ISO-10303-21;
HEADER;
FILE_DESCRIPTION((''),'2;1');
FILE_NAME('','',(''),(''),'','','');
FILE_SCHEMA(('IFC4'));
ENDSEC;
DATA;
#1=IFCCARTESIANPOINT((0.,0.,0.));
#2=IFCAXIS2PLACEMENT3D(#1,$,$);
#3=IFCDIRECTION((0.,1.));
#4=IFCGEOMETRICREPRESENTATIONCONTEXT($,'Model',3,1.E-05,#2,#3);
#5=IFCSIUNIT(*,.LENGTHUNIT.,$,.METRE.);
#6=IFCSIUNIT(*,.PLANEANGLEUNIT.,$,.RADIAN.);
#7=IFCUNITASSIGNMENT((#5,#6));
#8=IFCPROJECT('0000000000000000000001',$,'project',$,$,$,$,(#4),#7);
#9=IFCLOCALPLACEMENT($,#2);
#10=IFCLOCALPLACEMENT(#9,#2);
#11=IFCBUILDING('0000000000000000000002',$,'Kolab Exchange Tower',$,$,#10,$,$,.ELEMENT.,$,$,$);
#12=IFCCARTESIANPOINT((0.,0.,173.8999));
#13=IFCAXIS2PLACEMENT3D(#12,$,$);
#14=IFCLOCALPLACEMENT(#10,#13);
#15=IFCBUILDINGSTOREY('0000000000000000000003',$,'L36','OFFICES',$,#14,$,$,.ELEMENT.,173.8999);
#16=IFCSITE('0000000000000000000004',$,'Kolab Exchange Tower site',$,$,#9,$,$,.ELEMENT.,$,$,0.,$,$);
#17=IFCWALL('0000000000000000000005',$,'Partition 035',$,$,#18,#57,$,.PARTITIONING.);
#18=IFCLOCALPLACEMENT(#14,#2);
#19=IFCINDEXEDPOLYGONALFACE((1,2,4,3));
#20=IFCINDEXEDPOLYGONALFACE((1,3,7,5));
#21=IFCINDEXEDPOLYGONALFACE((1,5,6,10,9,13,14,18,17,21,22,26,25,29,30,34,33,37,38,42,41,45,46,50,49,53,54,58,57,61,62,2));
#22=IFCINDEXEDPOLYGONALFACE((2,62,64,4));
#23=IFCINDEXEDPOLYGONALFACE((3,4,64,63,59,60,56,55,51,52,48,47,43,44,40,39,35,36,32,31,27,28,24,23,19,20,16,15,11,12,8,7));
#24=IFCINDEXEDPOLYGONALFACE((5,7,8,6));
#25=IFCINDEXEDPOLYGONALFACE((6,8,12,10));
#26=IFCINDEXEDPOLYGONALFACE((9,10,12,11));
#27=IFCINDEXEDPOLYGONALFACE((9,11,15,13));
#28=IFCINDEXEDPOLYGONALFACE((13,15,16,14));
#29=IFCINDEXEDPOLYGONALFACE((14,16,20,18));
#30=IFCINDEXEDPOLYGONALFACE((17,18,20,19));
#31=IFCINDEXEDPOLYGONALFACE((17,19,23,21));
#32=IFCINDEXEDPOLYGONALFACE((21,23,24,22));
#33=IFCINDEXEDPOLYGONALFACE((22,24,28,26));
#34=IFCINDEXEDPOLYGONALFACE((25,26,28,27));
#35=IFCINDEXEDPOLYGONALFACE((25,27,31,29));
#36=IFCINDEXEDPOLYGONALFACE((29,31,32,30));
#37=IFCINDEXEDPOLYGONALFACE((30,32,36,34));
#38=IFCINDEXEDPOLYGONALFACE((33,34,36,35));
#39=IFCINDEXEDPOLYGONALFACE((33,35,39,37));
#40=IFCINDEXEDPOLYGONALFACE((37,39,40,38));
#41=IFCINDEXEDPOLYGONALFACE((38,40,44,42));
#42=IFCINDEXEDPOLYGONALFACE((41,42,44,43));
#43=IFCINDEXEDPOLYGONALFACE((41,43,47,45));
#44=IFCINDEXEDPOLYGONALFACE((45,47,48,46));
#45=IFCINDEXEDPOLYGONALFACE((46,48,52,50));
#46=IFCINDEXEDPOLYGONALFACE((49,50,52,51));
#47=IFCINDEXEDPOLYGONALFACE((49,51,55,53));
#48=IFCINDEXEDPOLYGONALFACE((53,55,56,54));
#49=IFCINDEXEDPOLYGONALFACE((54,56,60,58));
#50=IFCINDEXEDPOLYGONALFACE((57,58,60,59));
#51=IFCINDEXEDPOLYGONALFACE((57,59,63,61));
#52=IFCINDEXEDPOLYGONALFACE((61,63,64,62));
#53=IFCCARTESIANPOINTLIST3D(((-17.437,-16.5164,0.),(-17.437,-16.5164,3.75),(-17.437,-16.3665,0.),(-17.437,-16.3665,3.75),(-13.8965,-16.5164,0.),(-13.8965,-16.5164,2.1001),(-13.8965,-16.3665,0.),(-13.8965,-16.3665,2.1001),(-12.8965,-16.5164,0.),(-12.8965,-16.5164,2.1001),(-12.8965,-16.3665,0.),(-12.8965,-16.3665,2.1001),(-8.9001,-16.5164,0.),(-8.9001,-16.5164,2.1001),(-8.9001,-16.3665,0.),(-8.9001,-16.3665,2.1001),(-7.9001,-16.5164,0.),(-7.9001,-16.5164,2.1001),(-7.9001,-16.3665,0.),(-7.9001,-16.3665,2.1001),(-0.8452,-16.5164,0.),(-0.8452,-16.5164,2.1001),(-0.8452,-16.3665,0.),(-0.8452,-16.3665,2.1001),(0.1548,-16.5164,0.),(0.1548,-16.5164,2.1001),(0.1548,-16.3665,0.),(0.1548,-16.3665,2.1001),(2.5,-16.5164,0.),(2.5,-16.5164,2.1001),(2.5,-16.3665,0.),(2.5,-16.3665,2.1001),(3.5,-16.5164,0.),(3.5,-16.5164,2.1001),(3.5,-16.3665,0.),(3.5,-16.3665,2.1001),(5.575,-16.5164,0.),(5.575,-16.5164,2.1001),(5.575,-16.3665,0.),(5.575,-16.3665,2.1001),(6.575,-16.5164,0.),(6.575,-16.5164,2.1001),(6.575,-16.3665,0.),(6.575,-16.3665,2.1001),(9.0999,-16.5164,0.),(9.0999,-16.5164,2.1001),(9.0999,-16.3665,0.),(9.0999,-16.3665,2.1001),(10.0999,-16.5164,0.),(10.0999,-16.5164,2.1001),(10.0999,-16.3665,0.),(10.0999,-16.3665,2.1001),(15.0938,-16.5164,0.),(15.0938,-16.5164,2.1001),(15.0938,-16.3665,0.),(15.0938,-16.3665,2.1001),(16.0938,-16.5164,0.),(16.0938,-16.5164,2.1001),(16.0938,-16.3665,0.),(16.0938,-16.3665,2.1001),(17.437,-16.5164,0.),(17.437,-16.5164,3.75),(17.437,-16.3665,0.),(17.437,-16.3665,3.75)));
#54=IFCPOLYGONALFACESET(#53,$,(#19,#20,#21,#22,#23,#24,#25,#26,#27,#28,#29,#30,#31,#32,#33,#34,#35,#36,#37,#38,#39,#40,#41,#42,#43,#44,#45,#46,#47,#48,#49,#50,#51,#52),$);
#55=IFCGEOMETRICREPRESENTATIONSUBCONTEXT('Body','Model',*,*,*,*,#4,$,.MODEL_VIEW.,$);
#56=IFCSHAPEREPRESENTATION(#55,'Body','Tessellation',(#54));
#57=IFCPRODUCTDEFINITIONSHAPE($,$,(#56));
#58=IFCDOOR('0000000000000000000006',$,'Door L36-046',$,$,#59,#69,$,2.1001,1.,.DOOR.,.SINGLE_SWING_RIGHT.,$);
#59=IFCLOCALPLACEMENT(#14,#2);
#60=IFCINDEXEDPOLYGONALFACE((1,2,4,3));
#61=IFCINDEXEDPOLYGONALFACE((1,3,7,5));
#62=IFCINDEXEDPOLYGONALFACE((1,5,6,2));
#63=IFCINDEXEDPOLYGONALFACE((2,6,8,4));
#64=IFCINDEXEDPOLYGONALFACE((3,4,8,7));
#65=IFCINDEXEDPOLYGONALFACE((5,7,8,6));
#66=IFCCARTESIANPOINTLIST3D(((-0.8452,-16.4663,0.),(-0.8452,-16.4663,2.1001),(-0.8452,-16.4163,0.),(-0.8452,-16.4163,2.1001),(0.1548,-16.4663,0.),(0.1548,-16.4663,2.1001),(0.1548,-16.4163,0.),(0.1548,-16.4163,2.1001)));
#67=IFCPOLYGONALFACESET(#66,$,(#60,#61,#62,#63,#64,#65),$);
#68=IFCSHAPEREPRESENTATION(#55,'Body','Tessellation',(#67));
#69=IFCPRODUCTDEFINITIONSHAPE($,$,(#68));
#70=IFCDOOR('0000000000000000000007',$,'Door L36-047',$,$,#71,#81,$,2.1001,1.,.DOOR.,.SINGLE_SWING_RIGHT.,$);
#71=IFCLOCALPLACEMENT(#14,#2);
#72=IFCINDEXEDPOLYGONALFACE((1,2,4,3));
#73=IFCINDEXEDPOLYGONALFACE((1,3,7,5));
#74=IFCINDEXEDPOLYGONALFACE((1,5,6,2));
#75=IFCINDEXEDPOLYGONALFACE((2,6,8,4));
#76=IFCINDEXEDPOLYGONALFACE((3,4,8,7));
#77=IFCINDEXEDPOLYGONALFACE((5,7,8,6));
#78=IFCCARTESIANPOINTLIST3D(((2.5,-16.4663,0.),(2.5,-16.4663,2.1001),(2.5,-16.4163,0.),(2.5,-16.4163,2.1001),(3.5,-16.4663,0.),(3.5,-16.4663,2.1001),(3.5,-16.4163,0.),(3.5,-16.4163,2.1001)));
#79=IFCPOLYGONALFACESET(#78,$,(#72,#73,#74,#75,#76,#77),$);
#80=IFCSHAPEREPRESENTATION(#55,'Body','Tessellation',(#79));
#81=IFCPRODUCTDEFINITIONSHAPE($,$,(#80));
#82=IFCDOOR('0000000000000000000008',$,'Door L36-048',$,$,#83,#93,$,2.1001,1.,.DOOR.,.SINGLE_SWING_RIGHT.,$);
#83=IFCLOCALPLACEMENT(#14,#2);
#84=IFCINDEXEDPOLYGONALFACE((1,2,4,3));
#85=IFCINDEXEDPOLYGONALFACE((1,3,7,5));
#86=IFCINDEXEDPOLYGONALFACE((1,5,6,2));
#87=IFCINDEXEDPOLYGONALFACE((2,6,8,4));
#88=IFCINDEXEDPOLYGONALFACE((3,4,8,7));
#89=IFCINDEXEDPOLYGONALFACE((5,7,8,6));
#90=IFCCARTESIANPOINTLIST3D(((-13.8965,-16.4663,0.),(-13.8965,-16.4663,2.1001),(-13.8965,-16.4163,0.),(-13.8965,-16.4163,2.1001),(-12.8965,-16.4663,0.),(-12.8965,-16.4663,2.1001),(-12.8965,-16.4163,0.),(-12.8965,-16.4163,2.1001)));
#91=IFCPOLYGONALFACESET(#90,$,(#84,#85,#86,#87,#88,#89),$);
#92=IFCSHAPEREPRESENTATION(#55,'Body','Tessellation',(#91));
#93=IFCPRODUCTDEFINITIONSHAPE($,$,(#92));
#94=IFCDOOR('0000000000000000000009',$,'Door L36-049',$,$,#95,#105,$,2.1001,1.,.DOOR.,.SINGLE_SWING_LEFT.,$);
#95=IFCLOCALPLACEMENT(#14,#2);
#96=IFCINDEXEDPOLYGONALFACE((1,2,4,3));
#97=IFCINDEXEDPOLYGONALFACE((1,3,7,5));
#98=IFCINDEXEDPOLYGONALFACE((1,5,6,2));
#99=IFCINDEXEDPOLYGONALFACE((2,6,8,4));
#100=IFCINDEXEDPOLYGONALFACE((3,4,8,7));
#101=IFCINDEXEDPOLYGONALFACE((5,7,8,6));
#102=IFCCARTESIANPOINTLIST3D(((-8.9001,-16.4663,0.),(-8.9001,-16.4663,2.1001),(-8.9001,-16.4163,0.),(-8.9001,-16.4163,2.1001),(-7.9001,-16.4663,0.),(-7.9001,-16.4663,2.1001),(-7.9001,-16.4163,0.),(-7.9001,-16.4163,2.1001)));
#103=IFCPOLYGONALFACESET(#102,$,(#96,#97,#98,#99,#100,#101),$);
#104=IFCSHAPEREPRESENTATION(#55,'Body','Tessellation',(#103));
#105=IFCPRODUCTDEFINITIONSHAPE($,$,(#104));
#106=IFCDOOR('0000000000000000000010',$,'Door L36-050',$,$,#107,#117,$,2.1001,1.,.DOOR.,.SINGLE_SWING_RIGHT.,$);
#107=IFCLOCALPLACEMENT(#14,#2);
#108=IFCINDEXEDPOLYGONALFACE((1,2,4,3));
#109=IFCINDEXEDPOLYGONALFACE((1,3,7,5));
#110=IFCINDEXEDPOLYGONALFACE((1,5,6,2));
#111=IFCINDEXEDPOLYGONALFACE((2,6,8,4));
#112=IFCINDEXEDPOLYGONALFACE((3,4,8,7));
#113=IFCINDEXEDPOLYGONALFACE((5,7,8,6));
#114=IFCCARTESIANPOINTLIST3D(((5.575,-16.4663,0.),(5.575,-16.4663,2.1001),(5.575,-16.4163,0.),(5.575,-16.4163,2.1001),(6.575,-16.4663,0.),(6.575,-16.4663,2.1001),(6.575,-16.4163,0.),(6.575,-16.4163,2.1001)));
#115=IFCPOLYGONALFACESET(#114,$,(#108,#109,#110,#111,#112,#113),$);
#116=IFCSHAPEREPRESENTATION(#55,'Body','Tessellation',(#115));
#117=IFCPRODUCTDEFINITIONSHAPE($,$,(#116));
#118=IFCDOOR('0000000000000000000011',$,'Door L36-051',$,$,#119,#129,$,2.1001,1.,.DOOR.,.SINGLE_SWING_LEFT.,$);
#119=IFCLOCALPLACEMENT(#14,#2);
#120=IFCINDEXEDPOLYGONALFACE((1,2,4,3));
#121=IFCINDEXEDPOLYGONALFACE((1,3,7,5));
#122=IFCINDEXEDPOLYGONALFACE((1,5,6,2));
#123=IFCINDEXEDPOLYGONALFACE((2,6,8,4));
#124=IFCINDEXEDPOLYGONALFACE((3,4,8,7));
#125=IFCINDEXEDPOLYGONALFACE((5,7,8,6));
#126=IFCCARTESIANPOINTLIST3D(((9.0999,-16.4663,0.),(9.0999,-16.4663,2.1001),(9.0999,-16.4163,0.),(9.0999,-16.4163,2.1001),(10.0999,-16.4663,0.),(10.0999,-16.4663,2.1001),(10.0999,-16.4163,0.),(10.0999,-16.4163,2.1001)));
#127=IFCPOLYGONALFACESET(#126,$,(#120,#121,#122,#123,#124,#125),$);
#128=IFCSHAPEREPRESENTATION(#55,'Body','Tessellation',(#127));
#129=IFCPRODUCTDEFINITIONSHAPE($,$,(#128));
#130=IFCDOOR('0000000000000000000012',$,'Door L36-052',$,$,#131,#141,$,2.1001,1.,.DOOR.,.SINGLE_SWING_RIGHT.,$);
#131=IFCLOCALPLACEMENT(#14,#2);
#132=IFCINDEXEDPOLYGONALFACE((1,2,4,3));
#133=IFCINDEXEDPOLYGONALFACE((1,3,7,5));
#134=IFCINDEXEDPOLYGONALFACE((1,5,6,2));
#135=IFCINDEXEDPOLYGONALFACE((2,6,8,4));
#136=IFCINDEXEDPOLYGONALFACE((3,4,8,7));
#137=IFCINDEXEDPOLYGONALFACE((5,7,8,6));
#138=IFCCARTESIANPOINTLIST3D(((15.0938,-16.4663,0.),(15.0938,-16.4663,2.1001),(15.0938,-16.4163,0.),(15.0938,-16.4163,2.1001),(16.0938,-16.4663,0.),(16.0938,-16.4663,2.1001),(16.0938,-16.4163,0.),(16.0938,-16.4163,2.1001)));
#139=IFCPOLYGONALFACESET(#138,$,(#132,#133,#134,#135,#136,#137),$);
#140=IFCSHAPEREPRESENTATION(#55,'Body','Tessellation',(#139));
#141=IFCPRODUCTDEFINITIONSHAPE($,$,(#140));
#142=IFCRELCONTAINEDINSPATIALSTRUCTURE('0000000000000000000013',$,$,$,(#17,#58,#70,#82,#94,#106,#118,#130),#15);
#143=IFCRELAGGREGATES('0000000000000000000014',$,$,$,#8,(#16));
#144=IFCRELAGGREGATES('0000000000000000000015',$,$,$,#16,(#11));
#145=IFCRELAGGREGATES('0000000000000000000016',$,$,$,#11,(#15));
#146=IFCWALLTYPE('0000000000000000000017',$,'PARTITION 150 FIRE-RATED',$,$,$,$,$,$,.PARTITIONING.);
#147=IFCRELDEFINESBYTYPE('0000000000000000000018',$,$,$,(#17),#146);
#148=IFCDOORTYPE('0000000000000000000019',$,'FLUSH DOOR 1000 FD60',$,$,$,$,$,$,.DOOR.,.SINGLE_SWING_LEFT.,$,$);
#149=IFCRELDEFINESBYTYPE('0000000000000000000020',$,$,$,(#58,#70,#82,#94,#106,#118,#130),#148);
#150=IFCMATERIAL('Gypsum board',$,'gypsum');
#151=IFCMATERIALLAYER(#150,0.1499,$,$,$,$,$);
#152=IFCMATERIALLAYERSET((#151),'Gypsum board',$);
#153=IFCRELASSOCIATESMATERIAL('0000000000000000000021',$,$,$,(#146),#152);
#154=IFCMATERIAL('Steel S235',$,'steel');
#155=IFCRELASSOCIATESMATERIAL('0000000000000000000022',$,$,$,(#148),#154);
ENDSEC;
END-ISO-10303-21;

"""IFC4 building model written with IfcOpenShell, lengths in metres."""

from ifc_helpers import new_model, si_unit, direction, frame, frame_2d, origin, place, context, subcontext, project, spatial, rectangle, extrude, material, layer, layer_set, type_object, element, fill, save


model = new_model("IFC4")

# Units and contexts
model_context = context("Model", 3, precision=1e-05, world=origin(), true_north=direction((0.0, 1.0)))
body_context = subcontext(model_context, "Body", "Model", "MODEL_VIEW")
ifc_project = project(units=[si_unit("LENGTHUNIT", "METRE"), si_unit("PLANEANGLEUNIT", "RADIAN")], contexts=[model_context])

# Site, building, storey
site_placement = place(None, origin())
site = spatial("IfcSite", under=ifc_project, at=site_placement, Name="Kolab Exchange Tower site", CompositionType="ELEMENT", RefElevation=0.0)
building_placement = place(site_placement, origin())
building = spatial("IfcBuilding", under=site, at=building_placement, Name="Kolab Exchange Tower", CompositionType="ELEMENT")
storey_placement = place(building_placement, frame((0.0, 0.0, 173.8999)))
storey = spatial("IfcBuildingStorey", under=building, at=storey_placement, Name="L36", Description="OFFICES", CompositionType="ELEMENT", Elevation=173.8999)

# Shared definitions
ifc_material_1 = material(Name="Gypsum board", Category="gypsum")

# Wall, openings, doors
ifc_layer_1 = layer(ifc_material_1, 0.1499)
ifc_layer_set_1 = layer_set([ifc_layer_1], Name="Gypsum board")
wall_type_1 = type_object("IfcWallType", Name="PARTITION 150 FIRE-RATED", PredefinedType="PARTITIONING", material=ifc_layer_set_1)
wall_1_placement = place(storey_placement, frame((-17.437, -16.4414, 0.0), z_axis=(0.0, 0.0, 1.0), x_axis=(1.0, 0.0, 0.0)))
wall_1 = element("IfcWall", 1, at=wall_1_placement, inside=storey, type_object=wall_type_1, Name="Partition 035", PredefinedType="PARTITIONING", context=body_context, shape_type="SweptSolid", body=[
    extrude(rectangle(XDim=34.874, YDim=0.1499, at=frame_2d((17.437, 0.0))), origin(), (0.0, 0.0, 1.0), 3.75),
])
opening_1_placement = place(wall_1_placement, frame((16.5918, 0.0, 0.0)))
opening_1 = element("IfcOpeningElement", 2, at=opening_1_placement, cuts=wall_1, PredefinedType="OPENING", context=body_context, shape_type="SweptSolid", body=[
    extrude(rectangle(XDim=1.0, YDim=2.1001, at=frame_2d((0.5, 1.05))), frame((0.0, 0.085, 0.0), z_axis=(0.0, -1.0, 0.0), x_axis=(1.0, 0.0, 0.0)), (0.0, 0.0, 1.0), 0.1699),
])
opening_2_placement = place(wall_1_placement, frame((19.937, 0.0, 0.0)))
opening_2 = element("IfcOpeningElement", 3, at=opening_2_placement, cuts=wall_1, PredefinedType="OPENING", context=body_context, shape_type="SweptSolid", body=[
    extrude(rectangle(XDim=1.0, YDim=2.1001, at=frame_2d((0.5, 1.05))), frame((0.0, 0.085, 0.0), z_axis=(0.0, -1.0, 0.0), x_axis=(1.0, 0.0, 0.0)), (0.0, 0.0, 1.0), 0.1699),
])
opening_3_placement = place(wall_1_placement, frame((3.5405, 0.0, 0.0)))
opening_3 = element("IfcOpeningElement", 4, at=opening_3_placement, cuts=wall_1, PredefinedType="OPENING", context=body_context, shape_type="SweptSolid", body=[
    extrude(rectangle(XDim=1.0, YDim=2.1001, at=frame_2d((0.5, 1.05))), frame((0.0, 0.085, 0.0), z_axis=(0.0, -1.0, 0.0), x_axis=(1.0, 0.0, 0.0)), (0.0, 0.0, 1.0), 0.1699),
])
opening_4_placement = place(wall_1_placement, frame((8.5369, 0.0, 0.0)))
opening_4 = element("IfcOpeningElement", 5, at=opening_4_placement, cuts=wall_1, PredefinedType="OPENING", context=body_context, shape_type="SweptSolid", body=[
    extrude(rectangle(XDim=1.0, YDim=2.1001, at=frame_2d((0.5, 1.05))), frame((0.0, 0.085, 0.0), z_axis=(0.0, -1.0, 0.0), x_axis=(1.0, 0.0, 0.0)), (0.0, 0.0, 1.0), 0.1699),
])
opening_5_placement = place(wall_1_placement, frame((23.012, 0.0, 0.0)))
opening_5 = element("IfcOpeningElement", 6, at=opening_5_placement, cuts=wall_1, PredefinedType="OPENING", context=body_context, shape_type="SweptSolid", body=[
    extrude(rectangle(XDim=1.0, YDim=2.1001, at=frame_2d((0.5, 1.05))), frame((0.0, 0.085, 0.0), z_axis=(0.0, -1.0, 0.0), x_axis=(1.0, 0.0, 0.0)), (0.0, 0.0, 1.0), 0.1699),
])
opening_6_placement = place(wall_1_placement, frame((26.5369, 0.0, 0.0)))
opening_6 = element("IfcOpeningElement", 7, at=opening_6_placement, cuts=wall_1, PredefinedType="OPENING", context=body_context, shape_type="SweptSolid", body=[
    extrude(rectangle(XDim=1.0, YDim=2.1001, at=frame_2d((0.5, 1.05))), frame((0.0, 0.085, 0.0), z_axis=(0.0, -1.0, 0.0), x_axis=(1.0, 0.0, 0.0)), (0.0, 0.0, 1.0), 0.1699),
])
opening_7_placement = place(wall_1_placement, frame((32.5308, 0.0, 0.0)))
opening_7 = element("IfcOpeningElement", 8, at=opening_7_placement, cuts=wall_1, PredefinedType="OPENING", context=body_context, shape_type="SweptSolid", body=[
    extrude(rectangle(XDim=1.0, YDim=2.1001, at=frame_2d((0.5, 1.05))), frame((0.0, 0.085, 0.0), z_axis=(0.0, -1.0, 0.0), x_axis=(1.0, 0.0, 0.0)), (0.0, 0.0, 1.0), 0.1699),
])
ifc_material_2 = material(Name="Steel S235", Category="steel")
door_type_1 = type_object("IfcDoorType", Name="FLUSH DOOR 1000 FD60", OperationType="SINGLE_SWING_LEFT", PredefinedType="DOOR", material=ifc_material_2)
door_1_placement = place(opening_1_placement, frame((1.0, 0.0, 0.0), z_axis=(0.0, 0.0, 1.0), x_axis=(-1.0, 0.0, 0.0)))
door_1 = element("IfcDoor", 9, at=door_1_placement, inside=storey, type_object=door_type_1, Name="Door L36-046", OperationType="SINGLE_SWING_RIGHT", OverallHeight=2.1001, OverallWidth=1.0, PredefinedType="DOOR", context=body_context, shape_type="SweptSolid", body=[
    extrude(rectangle(XDim=1.0, YDim=2.1001, at=frame_2d((0.5, 1.05))), frame((0.0, 0.0249, 0.0), z_axis=(0.0, -1.0, 0.0), x_axis=(1.0, 0.0, 0.0)), (0.0, 0.0, 1.0), 0.05),
])
fill(opening_1, door_1)
door_2_placement = place(opening_2_placement, frame((1.0, 0.0, 0.0), z_axis=(0.0, 0.0, 1.0), x_axis=(-1.0, 0.0, 0.0)))
door_2 = element("IfcDoor", 10, at=door_2_placement, inside=storey, type_object=door_type_1, Name="Door L36-047", OperationType="SINGLE_SWING_RIGHT", OverallHeight=2.1001, OverallWidth=1.0, PredefinedType="DOOR", context=body_context, shape_type="SweptSolid", body=[
    extrude(rectangle(XDim=1.0, YDim=2.1001, at=frame_2d((0.5, 1.05))), frame((0.0, 0.0249, 0.0), z_axis=(0.0, -1.0, 0.0), x_axis=(1.0, 0.0, 0.0)), (0.0, 0.0, 1.0), 0.05),
])
fill(opening_2, door_2)
door_3_placement = place(opening_3_placement, frame((1.0, 0.0, 0.0), z_axis=(0.0, 0.0, 1.0), x_axis=(-1.0, 0.0, 0.0)))
door_3 = element("IfcDoor", 11, at=door_3_placement, inside=storey, type_object=door_type_1, Name="Door L36-048", OperationType="SINGLE_SWING_RIGHT", OverallHeight=2.1001, OverallWidth=1.0, PredefinedType="DOOR", context=body_context, shape_type="SweptSolid", body=[
    extrude(rectangle(XDim=1.0, YDim=2.1001, at=frame_2d((0.5, 1.05))), frame((0.0, 0.0249, 0.0), z_axis=(0.0, -1.0, 0.0), x_axis=(1.0, 0.0, 0.0)), (0.0, 0.0, 1.0), 0.05),
])
fill(opening_3, door_3)
door_4_placement = place(opening_4_placement, frame((1.0, 0.0, 0.0), z_axis=(0.0, 0.0, 1.0), x_axis=(-1.0, 0.0, 0.0)))
door_4 = element("IfcDoor", 12, at=door_4_placement, inside=storey, type_object=door_type_1, Name="Door L36-049", OperationType="SINGLE_SWING_LEFT", OverallHeight=2.1001, OverallWidth=1.0, PredefinedType="DOOR", context=body_context, shape_type="SweptSolid", body=[
    extrude(rectangle(XDim=1.0, YDim=2.1001, at=frame_2d((0.5, 1.05))), frame((0.0, 0.0249, 0.0), z_axis=(0.0, -1.0, 0.0), x_axis=(1.0, 0.0, 0.0)), (0.0, 0.0, 1.0), 0.05),
])
fill(opening_4, door_4)
door_5_placement = place(opening_5_placement, frame((1.0, 0.0, 0.0), z_axis=(0.0, 0.0, 1.0), x_axis=(-1.0, 0.0, 0.0)))
door_5 = element("IfcDoor", 13, at=door_5_placement, inside=storey, type_object=door_type_1, Name="Door L36-050", OperationType="SINGLE_SWING_RIGHT", OverallHeight=2.1001, OverallWidth=1.0, PredefinedType="DOOR", context=body_context, shape_type="SweptSolid", body=[
    extrude(rectangle(XDim=1.0, YDim=2.1001, at=frame_2d((0.5, 1.05))), frame((0.0, 0.0249, 0.0), z_axis=(0.0, -1.0, 0.0), x_axis=(1.0, 0.0, 0.0)), (0.0, 0.0, 1.0), 0.05),
])
fill(opening_5, door_5)
door_6_placement = place(opening_6_placement, frame((1.0, 0.0, 0.0), z_axis=(0.0, 0.0, 1.0), x_axis=(-1.0, 0.0, 0.0)))
door_6 = element("IfcDoor", 14, at=door_6_placement, inside=storey, type_object=door_type_1, Name="Door L36-051", OperationType="SINGLE_SWING_LEFT", OverallHeight=2.1001, OverallWidth=1.0, PredefinedType="DOOR", context=body_context, shape_type="SweptSolid", body=[
    extrude(rectangle(XDim=1.0, YDim=2.1001, at=frame_2d((0.5, 1.05))), frame((0.0, 0.0249, 0.0), z_axis=(0.0, -1.0, 0.0), x_axis=(1.0, 0.0, 0.0)), (0.0, 0.0, 1.0), 0.05),
])
fill(opening_6, door_6)
door_7_placement = place(opening_7_placement, frame((1.0, 0.0, 0.0), z_axis=(0.0, 0.0, 1.0), x_axis=(-1.0, 0.0, 0.0)))
door_7 = element("IfcDoor", 15, at=door_7_placement, inside=storey, type_object=door_type_1, Name="Door L36-052", OperationType="SINGLE_SWING_RIGHT", OverallHeight=2.1001, OverallWidth=1.0, PredefinedType="DOOR", context=body_context, shape_type="SweptSolid", body=[
    extrude(rectangle(XDim=1.0, YDim=2.1001, at=frame_2d((0.5, 1.05))), frame((0.0, 0.0249, 0.0), z_axis=(0.0, -1.0, 0.0), x_axis=(1.0, 0.0, 0.0)), (0.0, 0.0, 1.0), 0.05),
])
fill(opening_7, door_7)

save(model, "model.ifc")
